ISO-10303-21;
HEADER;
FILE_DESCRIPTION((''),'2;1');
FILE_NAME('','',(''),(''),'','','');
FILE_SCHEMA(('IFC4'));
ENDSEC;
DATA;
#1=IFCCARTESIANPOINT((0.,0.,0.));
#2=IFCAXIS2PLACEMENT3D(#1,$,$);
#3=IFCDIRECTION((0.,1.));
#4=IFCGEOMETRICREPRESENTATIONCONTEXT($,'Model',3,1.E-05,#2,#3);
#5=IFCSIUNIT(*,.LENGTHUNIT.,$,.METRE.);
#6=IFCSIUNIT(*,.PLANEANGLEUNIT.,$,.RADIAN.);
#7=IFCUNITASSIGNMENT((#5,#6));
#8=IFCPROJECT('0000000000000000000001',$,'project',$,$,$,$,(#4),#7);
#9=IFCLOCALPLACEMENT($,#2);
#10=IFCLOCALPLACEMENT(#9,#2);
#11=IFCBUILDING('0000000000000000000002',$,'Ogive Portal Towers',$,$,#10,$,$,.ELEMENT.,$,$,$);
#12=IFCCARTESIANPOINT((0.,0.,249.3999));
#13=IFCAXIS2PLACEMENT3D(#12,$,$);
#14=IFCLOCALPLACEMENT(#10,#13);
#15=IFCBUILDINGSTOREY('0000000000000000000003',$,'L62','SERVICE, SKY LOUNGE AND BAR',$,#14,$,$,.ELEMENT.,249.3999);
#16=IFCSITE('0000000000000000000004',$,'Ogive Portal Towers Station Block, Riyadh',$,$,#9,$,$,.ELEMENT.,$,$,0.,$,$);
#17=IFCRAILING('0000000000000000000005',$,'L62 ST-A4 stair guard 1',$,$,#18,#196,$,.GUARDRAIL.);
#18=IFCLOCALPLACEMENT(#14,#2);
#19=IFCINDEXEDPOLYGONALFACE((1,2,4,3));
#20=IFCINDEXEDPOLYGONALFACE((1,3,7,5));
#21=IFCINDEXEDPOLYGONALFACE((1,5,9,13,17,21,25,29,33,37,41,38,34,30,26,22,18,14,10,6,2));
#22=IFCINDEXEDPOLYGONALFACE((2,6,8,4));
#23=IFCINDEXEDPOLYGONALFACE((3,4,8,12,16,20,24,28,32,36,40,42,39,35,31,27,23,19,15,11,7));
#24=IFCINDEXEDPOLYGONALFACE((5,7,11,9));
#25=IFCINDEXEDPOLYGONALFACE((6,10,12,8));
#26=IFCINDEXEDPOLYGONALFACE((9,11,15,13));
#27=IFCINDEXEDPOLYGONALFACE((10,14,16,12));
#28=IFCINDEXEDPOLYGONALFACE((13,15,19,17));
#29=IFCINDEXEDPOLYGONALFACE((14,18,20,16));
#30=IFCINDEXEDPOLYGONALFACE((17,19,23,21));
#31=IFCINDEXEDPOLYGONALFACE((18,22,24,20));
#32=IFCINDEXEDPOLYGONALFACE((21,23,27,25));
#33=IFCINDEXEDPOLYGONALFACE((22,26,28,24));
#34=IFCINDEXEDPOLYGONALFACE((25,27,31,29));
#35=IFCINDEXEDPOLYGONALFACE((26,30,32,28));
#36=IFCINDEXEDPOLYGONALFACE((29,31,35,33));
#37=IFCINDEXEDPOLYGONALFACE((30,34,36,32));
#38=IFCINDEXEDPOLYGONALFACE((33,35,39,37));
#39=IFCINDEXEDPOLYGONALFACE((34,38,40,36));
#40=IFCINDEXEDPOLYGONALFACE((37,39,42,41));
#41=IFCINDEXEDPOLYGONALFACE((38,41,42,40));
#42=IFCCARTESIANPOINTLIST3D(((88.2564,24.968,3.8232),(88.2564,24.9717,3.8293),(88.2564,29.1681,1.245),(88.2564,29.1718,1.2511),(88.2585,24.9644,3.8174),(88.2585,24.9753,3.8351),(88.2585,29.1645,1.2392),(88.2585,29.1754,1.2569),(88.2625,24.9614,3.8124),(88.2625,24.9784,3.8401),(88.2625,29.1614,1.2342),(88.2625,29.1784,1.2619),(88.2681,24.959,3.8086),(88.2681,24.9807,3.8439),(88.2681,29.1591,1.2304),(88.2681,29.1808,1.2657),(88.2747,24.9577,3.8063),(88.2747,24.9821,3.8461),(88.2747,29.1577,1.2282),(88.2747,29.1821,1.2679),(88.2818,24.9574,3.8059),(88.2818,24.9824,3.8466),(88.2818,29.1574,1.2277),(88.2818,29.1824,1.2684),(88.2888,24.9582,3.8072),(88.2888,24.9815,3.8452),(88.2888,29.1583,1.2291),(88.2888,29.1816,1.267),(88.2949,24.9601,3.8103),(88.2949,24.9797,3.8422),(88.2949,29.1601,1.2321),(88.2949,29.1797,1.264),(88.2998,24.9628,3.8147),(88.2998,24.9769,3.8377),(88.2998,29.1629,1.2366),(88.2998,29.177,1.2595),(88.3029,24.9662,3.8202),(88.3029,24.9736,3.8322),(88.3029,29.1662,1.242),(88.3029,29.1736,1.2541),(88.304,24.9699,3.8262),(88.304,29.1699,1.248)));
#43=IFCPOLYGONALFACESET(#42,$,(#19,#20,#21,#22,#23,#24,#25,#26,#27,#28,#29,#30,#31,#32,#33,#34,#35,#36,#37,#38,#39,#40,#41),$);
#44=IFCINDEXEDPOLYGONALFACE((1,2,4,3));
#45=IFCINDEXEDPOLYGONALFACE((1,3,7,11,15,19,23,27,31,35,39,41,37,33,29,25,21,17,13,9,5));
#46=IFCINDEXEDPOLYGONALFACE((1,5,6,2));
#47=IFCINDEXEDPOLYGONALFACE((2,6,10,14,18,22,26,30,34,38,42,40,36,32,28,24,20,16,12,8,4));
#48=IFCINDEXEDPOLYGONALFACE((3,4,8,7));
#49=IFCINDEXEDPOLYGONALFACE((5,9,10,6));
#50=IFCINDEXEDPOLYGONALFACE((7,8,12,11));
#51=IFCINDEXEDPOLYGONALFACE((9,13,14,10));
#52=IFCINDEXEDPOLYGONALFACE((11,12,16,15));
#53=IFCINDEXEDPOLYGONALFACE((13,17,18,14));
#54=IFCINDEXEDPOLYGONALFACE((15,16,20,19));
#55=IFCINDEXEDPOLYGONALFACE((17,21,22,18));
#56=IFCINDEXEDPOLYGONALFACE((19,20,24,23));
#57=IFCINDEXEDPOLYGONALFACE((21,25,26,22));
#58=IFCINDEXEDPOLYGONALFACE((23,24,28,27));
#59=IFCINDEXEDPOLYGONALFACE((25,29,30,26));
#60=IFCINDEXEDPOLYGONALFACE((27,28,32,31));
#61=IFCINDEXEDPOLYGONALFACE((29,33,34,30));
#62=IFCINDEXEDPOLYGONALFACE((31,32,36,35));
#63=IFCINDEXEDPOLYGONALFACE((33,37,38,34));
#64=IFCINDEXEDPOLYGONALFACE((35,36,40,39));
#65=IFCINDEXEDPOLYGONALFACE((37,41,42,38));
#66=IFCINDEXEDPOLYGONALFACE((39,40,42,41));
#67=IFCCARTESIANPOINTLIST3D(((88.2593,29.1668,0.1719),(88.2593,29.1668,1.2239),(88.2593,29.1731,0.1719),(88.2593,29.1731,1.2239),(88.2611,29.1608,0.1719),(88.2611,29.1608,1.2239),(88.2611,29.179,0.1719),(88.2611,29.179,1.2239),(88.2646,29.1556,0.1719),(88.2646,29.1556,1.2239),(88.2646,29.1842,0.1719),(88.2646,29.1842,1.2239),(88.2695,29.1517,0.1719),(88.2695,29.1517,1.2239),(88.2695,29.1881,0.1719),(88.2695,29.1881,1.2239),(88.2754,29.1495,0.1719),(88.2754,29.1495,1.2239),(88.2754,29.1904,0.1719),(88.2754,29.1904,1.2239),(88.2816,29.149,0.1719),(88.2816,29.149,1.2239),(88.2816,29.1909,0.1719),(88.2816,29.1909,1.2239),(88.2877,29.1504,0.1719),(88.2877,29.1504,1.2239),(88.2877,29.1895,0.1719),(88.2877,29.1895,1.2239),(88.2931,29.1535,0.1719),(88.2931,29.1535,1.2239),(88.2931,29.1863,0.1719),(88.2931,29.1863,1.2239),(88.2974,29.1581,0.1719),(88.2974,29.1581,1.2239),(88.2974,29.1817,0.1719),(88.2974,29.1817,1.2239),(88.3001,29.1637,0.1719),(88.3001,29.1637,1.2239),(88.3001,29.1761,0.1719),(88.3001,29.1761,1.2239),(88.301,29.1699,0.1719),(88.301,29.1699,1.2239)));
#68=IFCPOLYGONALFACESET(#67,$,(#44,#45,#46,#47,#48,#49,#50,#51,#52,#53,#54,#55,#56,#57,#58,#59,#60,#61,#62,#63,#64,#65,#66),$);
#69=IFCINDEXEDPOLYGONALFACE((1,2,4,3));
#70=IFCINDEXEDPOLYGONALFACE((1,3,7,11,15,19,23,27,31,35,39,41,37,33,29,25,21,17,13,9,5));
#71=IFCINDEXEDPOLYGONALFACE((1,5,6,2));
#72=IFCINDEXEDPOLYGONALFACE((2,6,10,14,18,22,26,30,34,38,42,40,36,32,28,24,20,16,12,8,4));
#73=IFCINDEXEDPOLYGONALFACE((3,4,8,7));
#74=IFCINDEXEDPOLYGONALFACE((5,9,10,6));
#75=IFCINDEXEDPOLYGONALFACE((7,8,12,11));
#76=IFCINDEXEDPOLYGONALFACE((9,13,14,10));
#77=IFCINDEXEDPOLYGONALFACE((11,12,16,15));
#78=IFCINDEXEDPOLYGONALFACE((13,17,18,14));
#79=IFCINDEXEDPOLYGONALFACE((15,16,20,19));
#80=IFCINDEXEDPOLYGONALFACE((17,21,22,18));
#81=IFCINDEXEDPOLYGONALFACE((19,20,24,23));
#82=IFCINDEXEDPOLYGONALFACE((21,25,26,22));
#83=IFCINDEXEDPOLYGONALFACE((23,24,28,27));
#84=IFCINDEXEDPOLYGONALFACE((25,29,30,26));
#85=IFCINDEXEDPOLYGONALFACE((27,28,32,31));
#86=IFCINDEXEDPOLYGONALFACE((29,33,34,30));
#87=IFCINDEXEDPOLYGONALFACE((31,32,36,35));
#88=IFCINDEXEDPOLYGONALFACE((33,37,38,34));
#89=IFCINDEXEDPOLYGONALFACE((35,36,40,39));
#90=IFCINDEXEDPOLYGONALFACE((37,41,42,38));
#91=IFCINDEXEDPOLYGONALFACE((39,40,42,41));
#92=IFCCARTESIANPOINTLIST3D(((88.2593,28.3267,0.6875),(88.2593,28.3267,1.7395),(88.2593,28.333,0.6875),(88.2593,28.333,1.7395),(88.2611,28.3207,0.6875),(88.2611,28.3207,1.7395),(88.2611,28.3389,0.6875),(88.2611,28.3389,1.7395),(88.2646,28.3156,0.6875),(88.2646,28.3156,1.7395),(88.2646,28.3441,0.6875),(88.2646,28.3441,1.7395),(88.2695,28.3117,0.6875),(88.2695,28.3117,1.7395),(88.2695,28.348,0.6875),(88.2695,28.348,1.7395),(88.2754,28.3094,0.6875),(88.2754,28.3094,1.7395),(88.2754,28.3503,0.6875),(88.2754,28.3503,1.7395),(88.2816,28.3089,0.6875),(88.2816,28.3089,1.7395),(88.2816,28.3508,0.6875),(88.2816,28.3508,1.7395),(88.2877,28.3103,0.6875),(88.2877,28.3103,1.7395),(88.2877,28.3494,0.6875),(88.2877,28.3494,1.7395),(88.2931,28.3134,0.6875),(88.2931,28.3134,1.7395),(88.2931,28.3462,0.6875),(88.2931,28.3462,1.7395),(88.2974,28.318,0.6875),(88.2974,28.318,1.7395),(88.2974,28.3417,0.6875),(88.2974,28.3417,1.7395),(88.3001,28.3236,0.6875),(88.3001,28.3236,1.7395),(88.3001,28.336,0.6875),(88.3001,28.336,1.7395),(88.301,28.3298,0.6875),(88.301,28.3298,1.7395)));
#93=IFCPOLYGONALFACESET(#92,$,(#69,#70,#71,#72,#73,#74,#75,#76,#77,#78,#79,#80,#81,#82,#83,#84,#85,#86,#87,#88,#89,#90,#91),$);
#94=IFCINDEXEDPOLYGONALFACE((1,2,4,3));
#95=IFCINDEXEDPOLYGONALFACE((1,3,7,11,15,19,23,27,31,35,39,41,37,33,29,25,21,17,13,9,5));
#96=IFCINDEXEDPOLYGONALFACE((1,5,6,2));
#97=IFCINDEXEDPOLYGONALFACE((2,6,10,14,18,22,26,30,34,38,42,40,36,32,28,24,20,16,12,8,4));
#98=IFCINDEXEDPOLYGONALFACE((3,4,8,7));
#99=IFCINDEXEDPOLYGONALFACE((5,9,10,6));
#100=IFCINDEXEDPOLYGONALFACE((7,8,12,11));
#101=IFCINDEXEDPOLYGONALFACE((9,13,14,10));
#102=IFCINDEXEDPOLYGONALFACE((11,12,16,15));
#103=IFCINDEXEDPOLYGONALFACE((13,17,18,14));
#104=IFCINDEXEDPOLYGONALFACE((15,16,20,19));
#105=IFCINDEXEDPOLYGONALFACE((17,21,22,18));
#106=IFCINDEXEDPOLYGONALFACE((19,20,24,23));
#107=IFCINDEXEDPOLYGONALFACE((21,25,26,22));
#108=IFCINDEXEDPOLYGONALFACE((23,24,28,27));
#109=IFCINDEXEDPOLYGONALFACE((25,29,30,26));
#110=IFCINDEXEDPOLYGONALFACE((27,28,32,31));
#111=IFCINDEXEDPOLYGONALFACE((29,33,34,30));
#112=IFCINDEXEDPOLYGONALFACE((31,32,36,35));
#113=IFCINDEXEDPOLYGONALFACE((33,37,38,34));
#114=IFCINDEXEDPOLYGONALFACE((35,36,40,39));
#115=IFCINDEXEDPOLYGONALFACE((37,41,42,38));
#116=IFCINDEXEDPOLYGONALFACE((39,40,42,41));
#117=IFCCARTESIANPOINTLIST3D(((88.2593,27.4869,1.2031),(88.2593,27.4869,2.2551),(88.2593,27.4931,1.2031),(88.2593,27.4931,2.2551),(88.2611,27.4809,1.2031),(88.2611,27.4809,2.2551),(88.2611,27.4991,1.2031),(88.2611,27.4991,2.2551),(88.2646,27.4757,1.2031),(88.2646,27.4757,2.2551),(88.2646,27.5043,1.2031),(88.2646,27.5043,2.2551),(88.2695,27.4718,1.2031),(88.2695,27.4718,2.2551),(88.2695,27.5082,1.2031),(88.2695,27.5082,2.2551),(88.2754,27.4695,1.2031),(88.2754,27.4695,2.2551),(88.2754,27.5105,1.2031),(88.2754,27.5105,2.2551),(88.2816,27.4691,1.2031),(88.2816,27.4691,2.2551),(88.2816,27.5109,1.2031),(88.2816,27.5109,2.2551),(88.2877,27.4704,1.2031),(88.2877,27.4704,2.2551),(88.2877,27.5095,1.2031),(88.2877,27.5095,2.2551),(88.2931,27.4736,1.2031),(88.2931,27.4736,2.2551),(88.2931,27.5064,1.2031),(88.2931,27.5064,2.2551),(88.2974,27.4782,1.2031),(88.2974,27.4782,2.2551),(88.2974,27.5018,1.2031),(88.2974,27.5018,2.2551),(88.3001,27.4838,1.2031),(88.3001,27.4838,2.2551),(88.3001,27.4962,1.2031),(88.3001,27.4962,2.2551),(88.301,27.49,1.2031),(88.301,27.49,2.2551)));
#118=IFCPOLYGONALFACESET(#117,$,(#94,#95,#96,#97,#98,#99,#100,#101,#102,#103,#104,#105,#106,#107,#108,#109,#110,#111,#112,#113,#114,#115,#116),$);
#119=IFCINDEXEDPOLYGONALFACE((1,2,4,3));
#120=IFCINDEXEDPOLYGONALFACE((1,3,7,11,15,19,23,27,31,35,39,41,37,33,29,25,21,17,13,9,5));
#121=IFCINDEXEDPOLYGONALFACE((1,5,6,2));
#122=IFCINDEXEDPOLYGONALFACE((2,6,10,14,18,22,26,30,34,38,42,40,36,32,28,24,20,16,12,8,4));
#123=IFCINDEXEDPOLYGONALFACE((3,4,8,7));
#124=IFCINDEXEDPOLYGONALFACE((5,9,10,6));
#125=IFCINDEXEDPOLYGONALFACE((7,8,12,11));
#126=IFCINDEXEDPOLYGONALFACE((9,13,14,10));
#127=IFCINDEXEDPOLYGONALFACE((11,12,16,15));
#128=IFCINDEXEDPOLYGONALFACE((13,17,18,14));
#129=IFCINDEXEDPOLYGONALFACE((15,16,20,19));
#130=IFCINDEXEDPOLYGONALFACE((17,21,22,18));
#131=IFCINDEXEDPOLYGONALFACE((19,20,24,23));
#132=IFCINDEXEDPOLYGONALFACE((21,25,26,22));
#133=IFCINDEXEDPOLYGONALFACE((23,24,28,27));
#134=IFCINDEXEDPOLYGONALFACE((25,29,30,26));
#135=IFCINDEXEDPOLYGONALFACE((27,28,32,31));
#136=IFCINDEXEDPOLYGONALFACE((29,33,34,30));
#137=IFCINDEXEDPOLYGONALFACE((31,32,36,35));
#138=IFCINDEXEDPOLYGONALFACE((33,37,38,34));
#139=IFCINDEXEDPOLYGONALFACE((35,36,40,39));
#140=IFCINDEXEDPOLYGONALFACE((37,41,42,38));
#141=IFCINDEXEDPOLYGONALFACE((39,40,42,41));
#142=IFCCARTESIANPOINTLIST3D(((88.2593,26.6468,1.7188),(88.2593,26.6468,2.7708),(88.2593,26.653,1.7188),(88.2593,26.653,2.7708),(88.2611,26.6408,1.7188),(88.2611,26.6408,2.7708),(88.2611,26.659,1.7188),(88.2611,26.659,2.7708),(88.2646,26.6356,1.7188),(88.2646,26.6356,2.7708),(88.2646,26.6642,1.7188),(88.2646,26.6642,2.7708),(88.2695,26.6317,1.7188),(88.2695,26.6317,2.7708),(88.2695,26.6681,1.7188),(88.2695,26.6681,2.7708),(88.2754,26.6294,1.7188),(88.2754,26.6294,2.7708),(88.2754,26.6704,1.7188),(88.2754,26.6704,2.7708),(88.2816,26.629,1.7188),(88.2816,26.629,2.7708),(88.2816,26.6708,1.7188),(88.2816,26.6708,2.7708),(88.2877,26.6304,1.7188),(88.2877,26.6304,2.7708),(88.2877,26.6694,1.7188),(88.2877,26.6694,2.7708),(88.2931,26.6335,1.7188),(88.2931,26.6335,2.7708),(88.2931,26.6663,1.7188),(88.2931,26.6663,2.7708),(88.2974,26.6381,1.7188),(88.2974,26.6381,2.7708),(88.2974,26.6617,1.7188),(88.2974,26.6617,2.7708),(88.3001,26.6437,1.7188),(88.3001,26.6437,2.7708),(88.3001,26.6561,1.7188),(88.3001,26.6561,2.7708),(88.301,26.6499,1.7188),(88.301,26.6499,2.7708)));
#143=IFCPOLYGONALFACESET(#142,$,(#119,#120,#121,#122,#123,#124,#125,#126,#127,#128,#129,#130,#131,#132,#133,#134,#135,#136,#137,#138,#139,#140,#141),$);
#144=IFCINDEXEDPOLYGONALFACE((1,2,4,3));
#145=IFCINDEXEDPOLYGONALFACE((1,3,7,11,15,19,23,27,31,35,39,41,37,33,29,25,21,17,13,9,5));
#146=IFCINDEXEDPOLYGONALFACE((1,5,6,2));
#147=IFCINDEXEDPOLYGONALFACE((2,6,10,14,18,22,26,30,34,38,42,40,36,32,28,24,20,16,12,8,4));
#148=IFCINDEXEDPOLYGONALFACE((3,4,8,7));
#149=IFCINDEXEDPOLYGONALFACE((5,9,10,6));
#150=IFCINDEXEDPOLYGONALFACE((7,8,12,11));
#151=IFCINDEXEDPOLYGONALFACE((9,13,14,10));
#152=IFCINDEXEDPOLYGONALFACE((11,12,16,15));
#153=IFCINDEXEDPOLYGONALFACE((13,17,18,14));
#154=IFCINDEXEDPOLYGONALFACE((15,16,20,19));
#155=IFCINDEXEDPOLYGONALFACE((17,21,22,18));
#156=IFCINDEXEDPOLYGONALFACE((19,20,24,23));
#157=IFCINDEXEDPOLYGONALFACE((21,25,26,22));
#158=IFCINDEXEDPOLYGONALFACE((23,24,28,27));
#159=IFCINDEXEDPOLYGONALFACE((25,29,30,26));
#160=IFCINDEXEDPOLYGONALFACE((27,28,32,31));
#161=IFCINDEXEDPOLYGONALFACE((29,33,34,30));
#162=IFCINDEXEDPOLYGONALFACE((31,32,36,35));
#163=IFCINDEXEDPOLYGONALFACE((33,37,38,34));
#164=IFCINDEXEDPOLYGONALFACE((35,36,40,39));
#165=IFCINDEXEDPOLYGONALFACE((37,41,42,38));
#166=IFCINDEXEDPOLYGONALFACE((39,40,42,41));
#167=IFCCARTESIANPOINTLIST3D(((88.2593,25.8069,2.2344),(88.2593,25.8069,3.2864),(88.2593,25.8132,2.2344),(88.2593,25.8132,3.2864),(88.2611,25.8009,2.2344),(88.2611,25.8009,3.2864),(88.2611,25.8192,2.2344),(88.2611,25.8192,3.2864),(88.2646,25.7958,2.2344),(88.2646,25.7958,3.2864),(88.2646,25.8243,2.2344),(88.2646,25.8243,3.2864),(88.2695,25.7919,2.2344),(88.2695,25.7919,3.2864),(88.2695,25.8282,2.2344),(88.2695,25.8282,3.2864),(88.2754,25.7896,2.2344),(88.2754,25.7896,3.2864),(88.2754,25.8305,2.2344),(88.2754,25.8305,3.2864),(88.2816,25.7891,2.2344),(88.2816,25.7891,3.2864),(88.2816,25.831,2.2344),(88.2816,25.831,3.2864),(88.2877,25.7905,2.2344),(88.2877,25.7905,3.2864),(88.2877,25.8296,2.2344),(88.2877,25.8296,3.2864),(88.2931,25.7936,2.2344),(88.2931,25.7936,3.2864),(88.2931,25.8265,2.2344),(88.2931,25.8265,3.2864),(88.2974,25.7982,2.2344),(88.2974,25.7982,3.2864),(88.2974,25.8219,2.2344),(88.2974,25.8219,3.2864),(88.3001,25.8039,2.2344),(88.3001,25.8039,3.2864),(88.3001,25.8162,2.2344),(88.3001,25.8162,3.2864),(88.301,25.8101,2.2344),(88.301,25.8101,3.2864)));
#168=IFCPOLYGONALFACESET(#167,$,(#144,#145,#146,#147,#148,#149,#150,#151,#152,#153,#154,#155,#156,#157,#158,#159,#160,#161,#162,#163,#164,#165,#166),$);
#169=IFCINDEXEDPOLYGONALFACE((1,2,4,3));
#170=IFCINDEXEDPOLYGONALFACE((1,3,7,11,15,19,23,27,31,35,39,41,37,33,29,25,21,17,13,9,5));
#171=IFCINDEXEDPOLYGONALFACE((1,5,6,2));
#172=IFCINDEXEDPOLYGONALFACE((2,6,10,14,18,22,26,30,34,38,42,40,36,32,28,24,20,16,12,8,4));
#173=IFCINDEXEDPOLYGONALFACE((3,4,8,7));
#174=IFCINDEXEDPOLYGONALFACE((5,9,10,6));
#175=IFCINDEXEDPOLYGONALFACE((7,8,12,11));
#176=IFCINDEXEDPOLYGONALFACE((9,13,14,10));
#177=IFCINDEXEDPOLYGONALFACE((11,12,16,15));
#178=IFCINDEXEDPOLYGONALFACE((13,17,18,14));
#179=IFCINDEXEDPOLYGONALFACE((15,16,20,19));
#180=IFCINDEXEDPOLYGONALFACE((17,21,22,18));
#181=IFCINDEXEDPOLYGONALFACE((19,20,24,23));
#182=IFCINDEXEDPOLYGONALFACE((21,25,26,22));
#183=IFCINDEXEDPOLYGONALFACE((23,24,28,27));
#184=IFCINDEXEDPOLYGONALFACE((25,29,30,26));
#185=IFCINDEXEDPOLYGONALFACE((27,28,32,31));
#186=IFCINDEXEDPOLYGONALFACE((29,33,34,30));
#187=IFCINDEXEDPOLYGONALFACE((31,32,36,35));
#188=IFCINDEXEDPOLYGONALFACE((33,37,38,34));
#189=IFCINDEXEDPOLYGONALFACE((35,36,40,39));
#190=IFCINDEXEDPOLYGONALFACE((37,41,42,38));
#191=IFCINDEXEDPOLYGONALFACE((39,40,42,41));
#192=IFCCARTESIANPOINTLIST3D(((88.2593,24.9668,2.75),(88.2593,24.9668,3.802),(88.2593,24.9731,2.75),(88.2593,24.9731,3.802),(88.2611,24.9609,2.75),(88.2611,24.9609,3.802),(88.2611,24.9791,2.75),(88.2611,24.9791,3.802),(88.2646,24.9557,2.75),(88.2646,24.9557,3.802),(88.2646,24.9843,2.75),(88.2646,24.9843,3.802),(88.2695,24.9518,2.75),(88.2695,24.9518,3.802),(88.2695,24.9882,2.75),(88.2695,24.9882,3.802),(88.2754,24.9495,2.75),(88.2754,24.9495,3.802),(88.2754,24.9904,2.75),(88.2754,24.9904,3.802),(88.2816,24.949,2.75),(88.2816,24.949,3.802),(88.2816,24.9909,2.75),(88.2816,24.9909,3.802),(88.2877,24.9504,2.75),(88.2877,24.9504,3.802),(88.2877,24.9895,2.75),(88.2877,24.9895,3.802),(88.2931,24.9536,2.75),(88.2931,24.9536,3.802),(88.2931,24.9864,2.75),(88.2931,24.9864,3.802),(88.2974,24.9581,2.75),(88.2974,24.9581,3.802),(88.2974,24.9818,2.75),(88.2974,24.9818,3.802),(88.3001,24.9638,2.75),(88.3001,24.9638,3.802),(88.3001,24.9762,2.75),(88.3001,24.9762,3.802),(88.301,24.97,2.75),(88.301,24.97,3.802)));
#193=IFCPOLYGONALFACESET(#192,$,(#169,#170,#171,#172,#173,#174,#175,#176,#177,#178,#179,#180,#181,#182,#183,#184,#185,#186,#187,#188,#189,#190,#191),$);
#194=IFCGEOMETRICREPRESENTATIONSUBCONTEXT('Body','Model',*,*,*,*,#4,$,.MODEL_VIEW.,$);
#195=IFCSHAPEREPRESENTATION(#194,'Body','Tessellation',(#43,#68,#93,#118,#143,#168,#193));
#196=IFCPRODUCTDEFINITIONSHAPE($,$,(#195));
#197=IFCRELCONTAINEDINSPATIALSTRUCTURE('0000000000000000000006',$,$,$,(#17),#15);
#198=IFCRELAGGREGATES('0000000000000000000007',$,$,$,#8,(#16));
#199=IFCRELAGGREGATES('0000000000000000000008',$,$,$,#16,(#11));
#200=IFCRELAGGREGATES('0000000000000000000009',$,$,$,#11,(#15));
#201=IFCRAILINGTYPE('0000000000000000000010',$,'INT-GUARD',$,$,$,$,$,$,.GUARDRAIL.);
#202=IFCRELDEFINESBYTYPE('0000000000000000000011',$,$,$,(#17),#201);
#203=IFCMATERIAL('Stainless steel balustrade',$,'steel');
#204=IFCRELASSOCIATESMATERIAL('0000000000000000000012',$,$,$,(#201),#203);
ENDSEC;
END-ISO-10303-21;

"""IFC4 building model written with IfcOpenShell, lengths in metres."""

from ifc_helpers import new_model, si_unit, direction, frame, origin, origin_2d, place, context, subcontext, project, spatial, circle, extrude, material, type_object, element, save


model = new_model("IFC4")

# Units and contexts
model_context = context("Model", 3, precision=1e-05, world=origin(), true_north=direction((0.0, 1.0)))
body_context = subcontext(model_context, "Body", "Model", "MODEL_VIEW")
ifc_project = project(units=[si_unit("LENGTHUNIT", "METRE"), si_unit("PLANEANGLEUNIT", "RADIAN")], contexts=[model_context])

# Site, building, storey
site_placement = place(None, origin())
site = spatial("IfcSite", under=ifc_project, at=site_placement, Name="Ogive Portal Towers Station Block, Riyadh", CompositionType="ELEMENT", RefElevation=0.0)
building_placement = place(site_placement, origin())
building = spatial("IfcBuilding", under=site, at=building_placement, Name="Ogive Portal Towers", CompositionType="ELEMENT")
storey_placement = place(building_placement, frame((0.0, 0.0, 249.3999)))
storey = spatial("IfcBuildingStorey", under=building, at=storey_placement, Name="L62", Description="SERVICE, SKY LOUNGE AND BAR", CompositionType="ELEMENT", Elevation=249.3999)

# Railing
ifc_material_1 = material(Name="Stainless steel balustrade", Category="steel")
railing_type_1 = type_object("IfcRailingType", Name="INT-GUARD", PredefinedType="GUARDRAIL", material=ifc_material_1)
railing_1_placement = place(storey_placement, frame((88.28, 29.1699, 0.1719)))
element("IfcRailing", 1, at=railing_1_placement, inside=storey, type_object=railing_type_1, Name="L62 ST-A4 stair guard 1", PredefinedType="GUARDRAIL", context=body_context, shape_type="SweptSolid", body=[
    extrude(circle(Radius=0.0239, at=origin_2d()), frame((0.0, 0.0, 1.0762), z_axis=(0.0, -0.852243, 0.523146), x_axis=(1.0, 0.0, 0.0)), (0.0, 0.0, 1.0), 4.9282),
    extrude(circle(Radius=0.021, at=origin_2d()), origin(), (0.0, 0.0, 1.0), 1.052),
    extrude(circle(Radius=0.021, at=origin_2d()), frame((0.0, -0.8401, 0.5156)), (0.0, 0.0, 1.0), 1.052),
    extrude(circle(Radius=0.021, at=origin_2d()), frame((0.0, -1.6799, 1.0312)), (0.0, 0.0, 1.0), 1.052),
    extrude(circle(Radius=0.021, at=origin_2d()), frame((0.0, -2.52, 1.5469)), (0.0, 0.0, 1.0), 1.052),
    extrude(circle(Radius=0.021, at=origin_2d()), frame((0.0, -3.3599, 2.0625)), (0.0, 0.0, 1.0), 1.052),
    extrude(circle(Radius=0.021, at=origin_2d()), frame((0.0, -4.2, 2.5781)), (0.0, 0.0, 1.0), 1.052),
])

save(model, "model.ifc")
